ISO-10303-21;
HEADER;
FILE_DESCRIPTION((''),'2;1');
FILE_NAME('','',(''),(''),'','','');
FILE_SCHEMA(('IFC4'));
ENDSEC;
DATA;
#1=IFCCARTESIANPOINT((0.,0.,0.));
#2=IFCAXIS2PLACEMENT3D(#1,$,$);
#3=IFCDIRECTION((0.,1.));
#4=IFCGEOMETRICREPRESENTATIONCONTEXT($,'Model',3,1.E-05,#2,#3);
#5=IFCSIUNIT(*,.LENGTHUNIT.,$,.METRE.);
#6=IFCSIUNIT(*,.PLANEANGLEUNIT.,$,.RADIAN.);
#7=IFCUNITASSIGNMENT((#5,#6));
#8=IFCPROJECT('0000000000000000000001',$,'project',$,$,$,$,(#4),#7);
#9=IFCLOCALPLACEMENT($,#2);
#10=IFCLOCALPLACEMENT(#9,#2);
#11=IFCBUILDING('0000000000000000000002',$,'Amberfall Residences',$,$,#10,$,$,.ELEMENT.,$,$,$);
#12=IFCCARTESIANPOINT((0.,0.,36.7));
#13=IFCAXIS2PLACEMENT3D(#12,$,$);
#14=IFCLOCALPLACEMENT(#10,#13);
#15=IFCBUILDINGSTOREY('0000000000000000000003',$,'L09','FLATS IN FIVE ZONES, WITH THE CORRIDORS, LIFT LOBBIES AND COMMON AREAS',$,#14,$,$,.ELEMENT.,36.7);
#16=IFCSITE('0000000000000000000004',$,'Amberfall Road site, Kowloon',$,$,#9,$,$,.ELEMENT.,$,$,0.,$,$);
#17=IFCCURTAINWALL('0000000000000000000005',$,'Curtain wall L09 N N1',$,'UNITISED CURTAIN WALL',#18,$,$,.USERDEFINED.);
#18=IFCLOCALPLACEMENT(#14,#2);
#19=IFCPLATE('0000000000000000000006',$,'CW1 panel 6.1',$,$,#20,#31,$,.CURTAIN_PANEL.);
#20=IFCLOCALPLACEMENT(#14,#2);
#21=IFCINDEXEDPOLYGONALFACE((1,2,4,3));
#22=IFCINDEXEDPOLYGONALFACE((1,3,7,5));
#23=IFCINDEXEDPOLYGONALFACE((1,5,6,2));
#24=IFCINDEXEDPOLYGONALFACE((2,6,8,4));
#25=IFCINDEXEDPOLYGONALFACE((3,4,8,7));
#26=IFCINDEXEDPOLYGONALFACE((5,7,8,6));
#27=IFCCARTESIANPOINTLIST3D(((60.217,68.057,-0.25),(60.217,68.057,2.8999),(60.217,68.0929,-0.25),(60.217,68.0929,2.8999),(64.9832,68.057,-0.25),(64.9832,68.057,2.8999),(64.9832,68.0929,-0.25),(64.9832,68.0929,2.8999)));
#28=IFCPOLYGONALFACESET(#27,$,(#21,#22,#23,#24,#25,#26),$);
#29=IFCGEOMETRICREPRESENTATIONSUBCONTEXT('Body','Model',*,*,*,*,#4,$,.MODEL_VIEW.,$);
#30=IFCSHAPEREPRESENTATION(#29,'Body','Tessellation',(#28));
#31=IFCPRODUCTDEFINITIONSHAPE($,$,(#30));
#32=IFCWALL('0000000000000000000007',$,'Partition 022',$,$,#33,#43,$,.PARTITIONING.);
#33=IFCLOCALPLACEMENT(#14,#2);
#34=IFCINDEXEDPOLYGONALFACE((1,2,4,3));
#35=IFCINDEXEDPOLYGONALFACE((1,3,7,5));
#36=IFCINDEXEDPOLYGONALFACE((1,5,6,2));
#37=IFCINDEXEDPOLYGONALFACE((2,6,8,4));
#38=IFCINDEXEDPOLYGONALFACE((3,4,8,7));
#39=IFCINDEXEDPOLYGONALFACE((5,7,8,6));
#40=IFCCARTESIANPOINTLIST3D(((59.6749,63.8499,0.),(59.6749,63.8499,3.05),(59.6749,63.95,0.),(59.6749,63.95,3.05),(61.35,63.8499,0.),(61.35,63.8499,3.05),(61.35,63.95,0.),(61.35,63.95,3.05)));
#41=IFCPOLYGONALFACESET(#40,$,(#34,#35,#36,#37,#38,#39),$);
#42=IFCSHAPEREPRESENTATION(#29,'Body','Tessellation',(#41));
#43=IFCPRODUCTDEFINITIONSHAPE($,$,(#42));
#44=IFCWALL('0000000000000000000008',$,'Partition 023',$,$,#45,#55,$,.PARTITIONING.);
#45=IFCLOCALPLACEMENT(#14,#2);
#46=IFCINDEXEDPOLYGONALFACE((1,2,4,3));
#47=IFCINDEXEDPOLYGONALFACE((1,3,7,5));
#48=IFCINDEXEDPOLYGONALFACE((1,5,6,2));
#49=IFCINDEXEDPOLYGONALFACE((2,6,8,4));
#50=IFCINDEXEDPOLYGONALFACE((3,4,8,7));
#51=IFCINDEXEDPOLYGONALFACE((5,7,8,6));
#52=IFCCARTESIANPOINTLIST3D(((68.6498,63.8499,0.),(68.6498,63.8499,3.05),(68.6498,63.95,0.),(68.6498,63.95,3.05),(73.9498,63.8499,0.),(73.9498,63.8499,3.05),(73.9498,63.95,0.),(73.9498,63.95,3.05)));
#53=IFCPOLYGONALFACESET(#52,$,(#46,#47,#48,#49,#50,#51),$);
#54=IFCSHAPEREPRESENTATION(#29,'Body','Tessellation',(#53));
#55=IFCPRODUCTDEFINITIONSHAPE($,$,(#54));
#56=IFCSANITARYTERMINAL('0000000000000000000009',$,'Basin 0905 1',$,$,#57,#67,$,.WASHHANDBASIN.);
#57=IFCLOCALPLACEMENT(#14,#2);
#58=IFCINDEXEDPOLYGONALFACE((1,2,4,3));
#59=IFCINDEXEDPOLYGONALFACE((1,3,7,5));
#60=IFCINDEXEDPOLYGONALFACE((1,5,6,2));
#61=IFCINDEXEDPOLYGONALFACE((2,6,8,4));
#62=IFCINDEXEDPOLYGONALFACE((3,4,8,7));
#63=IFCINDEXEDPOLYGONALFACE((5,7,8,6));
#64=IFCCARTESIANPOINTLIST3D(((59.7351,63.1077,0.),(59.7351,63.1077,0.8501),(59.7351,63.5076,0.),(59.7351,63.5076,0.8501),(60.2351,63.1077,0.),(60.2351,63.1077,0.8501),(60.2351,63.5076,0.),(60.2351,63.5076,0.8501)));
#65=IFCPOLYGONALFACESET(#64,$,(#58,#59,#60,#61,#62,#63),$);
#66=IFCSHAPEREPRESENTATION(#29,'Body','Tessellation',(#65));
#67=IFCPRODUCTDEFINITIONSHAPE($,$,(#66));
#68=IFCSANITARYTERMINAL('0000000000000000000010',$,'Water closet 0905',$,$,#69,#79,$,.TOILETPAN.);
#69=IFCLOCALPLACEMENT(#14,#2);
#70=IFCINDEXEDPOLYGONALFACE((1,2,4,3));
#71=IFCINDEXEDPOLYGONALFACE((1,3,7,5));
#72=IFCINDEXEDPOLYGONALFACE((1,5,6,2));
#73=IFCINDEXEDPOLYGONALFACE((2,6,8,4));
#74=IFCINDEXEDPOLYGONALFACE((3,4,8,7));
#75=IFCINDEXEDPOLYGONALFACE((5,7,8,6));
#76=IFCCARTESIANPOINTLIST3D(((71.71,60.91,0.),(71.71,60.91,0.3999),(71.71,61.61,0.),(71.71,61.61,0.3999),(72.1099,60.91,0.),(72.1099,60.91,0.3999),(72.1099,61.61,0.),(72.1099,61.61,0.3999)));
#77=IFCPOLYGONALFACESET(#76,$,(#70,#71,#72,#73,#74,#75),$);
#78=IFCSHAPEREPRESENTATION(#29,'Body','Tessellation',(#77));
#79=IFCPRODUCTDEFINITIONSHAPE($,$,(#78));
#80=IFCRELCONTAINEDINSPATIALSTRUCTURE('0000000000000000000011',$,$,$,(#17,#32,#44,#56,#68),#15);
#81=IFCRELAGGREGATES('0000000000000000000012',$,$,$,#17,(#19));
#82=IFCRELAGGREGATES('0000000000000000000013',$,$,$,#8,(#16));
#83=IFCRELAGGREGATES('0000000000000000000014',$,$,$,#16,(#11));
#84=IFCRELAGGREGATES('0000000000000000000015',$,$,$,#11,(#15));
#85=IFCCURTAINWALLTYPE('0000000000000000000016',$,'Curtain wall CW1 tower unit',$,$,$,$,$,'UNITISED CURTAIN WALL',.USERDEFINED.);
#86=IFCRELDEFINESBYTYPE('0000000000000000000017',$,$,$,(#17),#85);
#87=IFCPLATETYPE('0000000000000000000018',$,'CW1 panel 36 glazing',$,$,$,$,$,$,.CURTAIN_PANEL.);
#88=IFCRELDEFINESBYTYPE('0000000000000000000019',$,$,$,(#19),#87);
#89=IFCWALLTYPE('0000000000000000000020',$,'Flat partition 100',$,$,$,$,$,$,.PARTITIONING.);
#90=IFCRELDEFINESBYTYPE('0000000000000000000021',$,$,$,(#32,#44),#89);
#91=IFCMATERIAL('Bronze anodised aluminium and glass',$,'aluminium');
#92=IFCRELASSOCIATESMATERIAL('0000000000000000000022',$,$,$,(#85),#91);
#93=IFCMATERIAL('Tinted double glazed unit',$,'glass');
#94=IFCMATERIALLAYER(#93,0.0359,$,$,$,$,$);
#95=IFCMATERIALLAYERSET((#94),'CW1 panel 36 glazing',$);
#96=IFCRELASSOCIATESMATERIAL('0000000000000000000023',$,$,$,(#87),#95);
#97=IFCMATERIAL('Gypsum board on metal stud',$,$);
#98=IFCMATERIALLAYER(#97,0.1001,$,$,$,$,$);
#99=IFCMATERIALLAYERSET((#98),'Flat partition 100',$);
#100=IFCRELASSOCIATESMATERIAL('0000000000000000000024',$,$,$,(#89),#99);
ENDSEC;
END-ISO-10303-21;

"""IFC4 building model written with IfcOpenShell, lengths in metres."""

from ifc_helpers import new_model, si_unit, direction, frame, frame_2d, origin, origin_2d, place, context, subcontext, project, spatial, rectangle, extrude, material, layer, layer_set, type_object, element, aggregate, save


model = new_model("IFC4")

# Units and contexts
model_context = context("Model", 3, precision=1e-05, world=origin(), true_north=direction((0.0, 1.0)))
body_context = subcontext(model_context, "Body", "Model", "MODEL_VIEW")
ifc_project = project(units=[si_unit("LENGTHUNIT", "METRE"), si_unit("PLANEANGLEUNIT", "RADIAN")], contexts=[model_context])

# Site, building, storey
site_placement = place(None, origin())
site = spatial("IfcSite", under=ifc_project, at=site_placement, Name="Amberfall Road site, Kowloon", CompositionType="ELEMENT", RefElevation=0.0)
building_placement = place(site_placement, origin())
building = spatial("IfcBuilding", under=site, at=building_placement, Name="Amberfall Residences", CompositionType="ELEMENT")
storey_placement = place(building_placement, frame((0.0, 0.0, 36.7)))
storey = spatial("IfcBuildingStorey", under=building, at=storey_placement, Name="L09", Description="FLATS IN FIVE ZONES, WITH THE CORRIDORS, LIFT LOBBIES AND COMMON AREAS", CompositionType="ELEMENT", Elevation=36.7)

# Curtain wall
ifc_material_1 = material(Name="Bronze anodised aluminium and glass", Category="aluminium")
curtain_wall_type = type_object("IfcCurtainWallType", Name="Curtain wall CW1 tower unit", ElementType="UNITISED CURTAIN WALL", PredefinedType="USERDEFINED", material=ifc_material_1)
curtain_wall_placement = place(storey_placement, origin())
curtain_wall = element("IfcCurtainWall", 1, at=curtain_wall_placement, inside=storey, type_object=curtain_wall_type, Name="Curtain wall L09 N N1", ObjectType="UNITISED CURTAIN WALL", PredefinedType="USERDEFINED")

# Plate
ifc_material_2 = material(Name="Tinted double glazed unit", Category="glass")
ifc_layer_1 = layer(ifc_material_2, 0.0359)
ifc_layer_set_1 = layer_set([ifc_layer_1], Name="CW1 panel 36 glazing")
plate_type = type_object("IfcPlateType", Name="CW1 panel 36 glazing", PredefinedType="CURTAIN_PANEL", material=ifc_layer_set_1)
plate_1_placement = place(storey_placement, frame((62.6001, 68.075, -0.25), z_axis=(0.0, 0.0, 1.0), x_axis=(-1.0, 0.0, 0.0)))
plate_1 = element("IfcPlate", 2, at=plate_1_placement, type_object=plate_type, Name="CW1 panel 6.1", PredefinedType="CURTAIN_PANEL", context=body_context, shape_type="SweptSolid", body=[
    extrude(rectangle(XDim=4.7661, YDim=0.0359, at=origin_2d()), origin(), (0.0, 0.0, 1.0), 3.1499),
])
aggregate(curtain_wall, [plate_1])

# Walls
ifc_material_3 = material(Name="Gypsum board on metal stud")
ifc_layer_2 = layer(ifc_material_3, 0.1001)
ifc_layer_set_2 = layer_set([ifc_layer_2], Name="Flat partition 100")
wall_type = type_object("IfcWallType", Name="Flat partition 100", PredefinedType="PARTITIONING", material=ifc_layer_set_2)
wall_1_placement = place(storey_placement, frame((59.675, 63.8999, 0.0), z_axis=(0.0, 0.0, 1.0), x_axis=(1.0, 0.0, 0.0)))
element("IfcWall", 3, at=wall_1_placement, inside=storey, type_object=wall_type, Name="Partition 022", PredefinedType="PARTITIONING", context=body_context, shape_type="SweptSolid", body=[
    extrude(rectangle(XDim=1.675, YDim=0.1001, at=frame_2d((0.8374, 0.0))), origin(), (0.0, 0.0, 1.0), 3.05),
])
wall_2_placement = place(storey_placement, frame((68.6499, 63.8999, 0.0), z_axis=(0.0, 0.0, 1.0), x_axis=(1.0, 0.0, 0.0)))
element("IfcWall", 4, at=wall_2_placement, inside=storey, type_object=wall_type, Name="Partition 023", PredefinedType="PARTITIONING", context=body_context, shape_type="SweptSolid", body=[
    extrude(rectangle(XDim=5.3, YDim=0.1001, at=frame_2d((2.6499, 0.0))), origin(), (0.0, 0.0, 1.0), 3.05),
])

# Sanitary terminals
sanitary_terminal_1_placement = place(storey_placement, frame((59.9851, 63.3076, 0.0), z_axis=(0.0, 0.0, 1.0), x_axis=(1.0, 0.0, 0.0)))
element("IfcSanitaryTerminal", 5, at=sanitary_terminal_1_placement, inside=storey, Name="Basin 0905 1", PredefinedType="WASHHANDBASIN", context=body_context, shape_type="SweptSolid", body=[
    extrude(rectangle(XDim=0.5, YDim=0.3999, at=origin_2d()), origin(), (0.0, 0.0, 1.0), 0.8501),
])
sanitary_terminal_2_placement = place(storey_placement, frame((71.9099, 61.26, 0.0), z_axis=(0.0, 0.0, 1.0), x_axis=(1.0, 0.0, 0.0)))
element("IfcSanitaryTerminal", 6, at=sanitary_terminal_2_placement, inside=storey, Name="Water closet 0905", PredefinedType="TOILETPAN", context=body_context, shape_type="SweptSolid", body=[
    extrude(rectangle(XDim=0.3999, YDim=0.7, at=origin_2d()), origin(), (0.0, 0.0, 1.0), 0.3999),
])

save(model, "model.ifc")
